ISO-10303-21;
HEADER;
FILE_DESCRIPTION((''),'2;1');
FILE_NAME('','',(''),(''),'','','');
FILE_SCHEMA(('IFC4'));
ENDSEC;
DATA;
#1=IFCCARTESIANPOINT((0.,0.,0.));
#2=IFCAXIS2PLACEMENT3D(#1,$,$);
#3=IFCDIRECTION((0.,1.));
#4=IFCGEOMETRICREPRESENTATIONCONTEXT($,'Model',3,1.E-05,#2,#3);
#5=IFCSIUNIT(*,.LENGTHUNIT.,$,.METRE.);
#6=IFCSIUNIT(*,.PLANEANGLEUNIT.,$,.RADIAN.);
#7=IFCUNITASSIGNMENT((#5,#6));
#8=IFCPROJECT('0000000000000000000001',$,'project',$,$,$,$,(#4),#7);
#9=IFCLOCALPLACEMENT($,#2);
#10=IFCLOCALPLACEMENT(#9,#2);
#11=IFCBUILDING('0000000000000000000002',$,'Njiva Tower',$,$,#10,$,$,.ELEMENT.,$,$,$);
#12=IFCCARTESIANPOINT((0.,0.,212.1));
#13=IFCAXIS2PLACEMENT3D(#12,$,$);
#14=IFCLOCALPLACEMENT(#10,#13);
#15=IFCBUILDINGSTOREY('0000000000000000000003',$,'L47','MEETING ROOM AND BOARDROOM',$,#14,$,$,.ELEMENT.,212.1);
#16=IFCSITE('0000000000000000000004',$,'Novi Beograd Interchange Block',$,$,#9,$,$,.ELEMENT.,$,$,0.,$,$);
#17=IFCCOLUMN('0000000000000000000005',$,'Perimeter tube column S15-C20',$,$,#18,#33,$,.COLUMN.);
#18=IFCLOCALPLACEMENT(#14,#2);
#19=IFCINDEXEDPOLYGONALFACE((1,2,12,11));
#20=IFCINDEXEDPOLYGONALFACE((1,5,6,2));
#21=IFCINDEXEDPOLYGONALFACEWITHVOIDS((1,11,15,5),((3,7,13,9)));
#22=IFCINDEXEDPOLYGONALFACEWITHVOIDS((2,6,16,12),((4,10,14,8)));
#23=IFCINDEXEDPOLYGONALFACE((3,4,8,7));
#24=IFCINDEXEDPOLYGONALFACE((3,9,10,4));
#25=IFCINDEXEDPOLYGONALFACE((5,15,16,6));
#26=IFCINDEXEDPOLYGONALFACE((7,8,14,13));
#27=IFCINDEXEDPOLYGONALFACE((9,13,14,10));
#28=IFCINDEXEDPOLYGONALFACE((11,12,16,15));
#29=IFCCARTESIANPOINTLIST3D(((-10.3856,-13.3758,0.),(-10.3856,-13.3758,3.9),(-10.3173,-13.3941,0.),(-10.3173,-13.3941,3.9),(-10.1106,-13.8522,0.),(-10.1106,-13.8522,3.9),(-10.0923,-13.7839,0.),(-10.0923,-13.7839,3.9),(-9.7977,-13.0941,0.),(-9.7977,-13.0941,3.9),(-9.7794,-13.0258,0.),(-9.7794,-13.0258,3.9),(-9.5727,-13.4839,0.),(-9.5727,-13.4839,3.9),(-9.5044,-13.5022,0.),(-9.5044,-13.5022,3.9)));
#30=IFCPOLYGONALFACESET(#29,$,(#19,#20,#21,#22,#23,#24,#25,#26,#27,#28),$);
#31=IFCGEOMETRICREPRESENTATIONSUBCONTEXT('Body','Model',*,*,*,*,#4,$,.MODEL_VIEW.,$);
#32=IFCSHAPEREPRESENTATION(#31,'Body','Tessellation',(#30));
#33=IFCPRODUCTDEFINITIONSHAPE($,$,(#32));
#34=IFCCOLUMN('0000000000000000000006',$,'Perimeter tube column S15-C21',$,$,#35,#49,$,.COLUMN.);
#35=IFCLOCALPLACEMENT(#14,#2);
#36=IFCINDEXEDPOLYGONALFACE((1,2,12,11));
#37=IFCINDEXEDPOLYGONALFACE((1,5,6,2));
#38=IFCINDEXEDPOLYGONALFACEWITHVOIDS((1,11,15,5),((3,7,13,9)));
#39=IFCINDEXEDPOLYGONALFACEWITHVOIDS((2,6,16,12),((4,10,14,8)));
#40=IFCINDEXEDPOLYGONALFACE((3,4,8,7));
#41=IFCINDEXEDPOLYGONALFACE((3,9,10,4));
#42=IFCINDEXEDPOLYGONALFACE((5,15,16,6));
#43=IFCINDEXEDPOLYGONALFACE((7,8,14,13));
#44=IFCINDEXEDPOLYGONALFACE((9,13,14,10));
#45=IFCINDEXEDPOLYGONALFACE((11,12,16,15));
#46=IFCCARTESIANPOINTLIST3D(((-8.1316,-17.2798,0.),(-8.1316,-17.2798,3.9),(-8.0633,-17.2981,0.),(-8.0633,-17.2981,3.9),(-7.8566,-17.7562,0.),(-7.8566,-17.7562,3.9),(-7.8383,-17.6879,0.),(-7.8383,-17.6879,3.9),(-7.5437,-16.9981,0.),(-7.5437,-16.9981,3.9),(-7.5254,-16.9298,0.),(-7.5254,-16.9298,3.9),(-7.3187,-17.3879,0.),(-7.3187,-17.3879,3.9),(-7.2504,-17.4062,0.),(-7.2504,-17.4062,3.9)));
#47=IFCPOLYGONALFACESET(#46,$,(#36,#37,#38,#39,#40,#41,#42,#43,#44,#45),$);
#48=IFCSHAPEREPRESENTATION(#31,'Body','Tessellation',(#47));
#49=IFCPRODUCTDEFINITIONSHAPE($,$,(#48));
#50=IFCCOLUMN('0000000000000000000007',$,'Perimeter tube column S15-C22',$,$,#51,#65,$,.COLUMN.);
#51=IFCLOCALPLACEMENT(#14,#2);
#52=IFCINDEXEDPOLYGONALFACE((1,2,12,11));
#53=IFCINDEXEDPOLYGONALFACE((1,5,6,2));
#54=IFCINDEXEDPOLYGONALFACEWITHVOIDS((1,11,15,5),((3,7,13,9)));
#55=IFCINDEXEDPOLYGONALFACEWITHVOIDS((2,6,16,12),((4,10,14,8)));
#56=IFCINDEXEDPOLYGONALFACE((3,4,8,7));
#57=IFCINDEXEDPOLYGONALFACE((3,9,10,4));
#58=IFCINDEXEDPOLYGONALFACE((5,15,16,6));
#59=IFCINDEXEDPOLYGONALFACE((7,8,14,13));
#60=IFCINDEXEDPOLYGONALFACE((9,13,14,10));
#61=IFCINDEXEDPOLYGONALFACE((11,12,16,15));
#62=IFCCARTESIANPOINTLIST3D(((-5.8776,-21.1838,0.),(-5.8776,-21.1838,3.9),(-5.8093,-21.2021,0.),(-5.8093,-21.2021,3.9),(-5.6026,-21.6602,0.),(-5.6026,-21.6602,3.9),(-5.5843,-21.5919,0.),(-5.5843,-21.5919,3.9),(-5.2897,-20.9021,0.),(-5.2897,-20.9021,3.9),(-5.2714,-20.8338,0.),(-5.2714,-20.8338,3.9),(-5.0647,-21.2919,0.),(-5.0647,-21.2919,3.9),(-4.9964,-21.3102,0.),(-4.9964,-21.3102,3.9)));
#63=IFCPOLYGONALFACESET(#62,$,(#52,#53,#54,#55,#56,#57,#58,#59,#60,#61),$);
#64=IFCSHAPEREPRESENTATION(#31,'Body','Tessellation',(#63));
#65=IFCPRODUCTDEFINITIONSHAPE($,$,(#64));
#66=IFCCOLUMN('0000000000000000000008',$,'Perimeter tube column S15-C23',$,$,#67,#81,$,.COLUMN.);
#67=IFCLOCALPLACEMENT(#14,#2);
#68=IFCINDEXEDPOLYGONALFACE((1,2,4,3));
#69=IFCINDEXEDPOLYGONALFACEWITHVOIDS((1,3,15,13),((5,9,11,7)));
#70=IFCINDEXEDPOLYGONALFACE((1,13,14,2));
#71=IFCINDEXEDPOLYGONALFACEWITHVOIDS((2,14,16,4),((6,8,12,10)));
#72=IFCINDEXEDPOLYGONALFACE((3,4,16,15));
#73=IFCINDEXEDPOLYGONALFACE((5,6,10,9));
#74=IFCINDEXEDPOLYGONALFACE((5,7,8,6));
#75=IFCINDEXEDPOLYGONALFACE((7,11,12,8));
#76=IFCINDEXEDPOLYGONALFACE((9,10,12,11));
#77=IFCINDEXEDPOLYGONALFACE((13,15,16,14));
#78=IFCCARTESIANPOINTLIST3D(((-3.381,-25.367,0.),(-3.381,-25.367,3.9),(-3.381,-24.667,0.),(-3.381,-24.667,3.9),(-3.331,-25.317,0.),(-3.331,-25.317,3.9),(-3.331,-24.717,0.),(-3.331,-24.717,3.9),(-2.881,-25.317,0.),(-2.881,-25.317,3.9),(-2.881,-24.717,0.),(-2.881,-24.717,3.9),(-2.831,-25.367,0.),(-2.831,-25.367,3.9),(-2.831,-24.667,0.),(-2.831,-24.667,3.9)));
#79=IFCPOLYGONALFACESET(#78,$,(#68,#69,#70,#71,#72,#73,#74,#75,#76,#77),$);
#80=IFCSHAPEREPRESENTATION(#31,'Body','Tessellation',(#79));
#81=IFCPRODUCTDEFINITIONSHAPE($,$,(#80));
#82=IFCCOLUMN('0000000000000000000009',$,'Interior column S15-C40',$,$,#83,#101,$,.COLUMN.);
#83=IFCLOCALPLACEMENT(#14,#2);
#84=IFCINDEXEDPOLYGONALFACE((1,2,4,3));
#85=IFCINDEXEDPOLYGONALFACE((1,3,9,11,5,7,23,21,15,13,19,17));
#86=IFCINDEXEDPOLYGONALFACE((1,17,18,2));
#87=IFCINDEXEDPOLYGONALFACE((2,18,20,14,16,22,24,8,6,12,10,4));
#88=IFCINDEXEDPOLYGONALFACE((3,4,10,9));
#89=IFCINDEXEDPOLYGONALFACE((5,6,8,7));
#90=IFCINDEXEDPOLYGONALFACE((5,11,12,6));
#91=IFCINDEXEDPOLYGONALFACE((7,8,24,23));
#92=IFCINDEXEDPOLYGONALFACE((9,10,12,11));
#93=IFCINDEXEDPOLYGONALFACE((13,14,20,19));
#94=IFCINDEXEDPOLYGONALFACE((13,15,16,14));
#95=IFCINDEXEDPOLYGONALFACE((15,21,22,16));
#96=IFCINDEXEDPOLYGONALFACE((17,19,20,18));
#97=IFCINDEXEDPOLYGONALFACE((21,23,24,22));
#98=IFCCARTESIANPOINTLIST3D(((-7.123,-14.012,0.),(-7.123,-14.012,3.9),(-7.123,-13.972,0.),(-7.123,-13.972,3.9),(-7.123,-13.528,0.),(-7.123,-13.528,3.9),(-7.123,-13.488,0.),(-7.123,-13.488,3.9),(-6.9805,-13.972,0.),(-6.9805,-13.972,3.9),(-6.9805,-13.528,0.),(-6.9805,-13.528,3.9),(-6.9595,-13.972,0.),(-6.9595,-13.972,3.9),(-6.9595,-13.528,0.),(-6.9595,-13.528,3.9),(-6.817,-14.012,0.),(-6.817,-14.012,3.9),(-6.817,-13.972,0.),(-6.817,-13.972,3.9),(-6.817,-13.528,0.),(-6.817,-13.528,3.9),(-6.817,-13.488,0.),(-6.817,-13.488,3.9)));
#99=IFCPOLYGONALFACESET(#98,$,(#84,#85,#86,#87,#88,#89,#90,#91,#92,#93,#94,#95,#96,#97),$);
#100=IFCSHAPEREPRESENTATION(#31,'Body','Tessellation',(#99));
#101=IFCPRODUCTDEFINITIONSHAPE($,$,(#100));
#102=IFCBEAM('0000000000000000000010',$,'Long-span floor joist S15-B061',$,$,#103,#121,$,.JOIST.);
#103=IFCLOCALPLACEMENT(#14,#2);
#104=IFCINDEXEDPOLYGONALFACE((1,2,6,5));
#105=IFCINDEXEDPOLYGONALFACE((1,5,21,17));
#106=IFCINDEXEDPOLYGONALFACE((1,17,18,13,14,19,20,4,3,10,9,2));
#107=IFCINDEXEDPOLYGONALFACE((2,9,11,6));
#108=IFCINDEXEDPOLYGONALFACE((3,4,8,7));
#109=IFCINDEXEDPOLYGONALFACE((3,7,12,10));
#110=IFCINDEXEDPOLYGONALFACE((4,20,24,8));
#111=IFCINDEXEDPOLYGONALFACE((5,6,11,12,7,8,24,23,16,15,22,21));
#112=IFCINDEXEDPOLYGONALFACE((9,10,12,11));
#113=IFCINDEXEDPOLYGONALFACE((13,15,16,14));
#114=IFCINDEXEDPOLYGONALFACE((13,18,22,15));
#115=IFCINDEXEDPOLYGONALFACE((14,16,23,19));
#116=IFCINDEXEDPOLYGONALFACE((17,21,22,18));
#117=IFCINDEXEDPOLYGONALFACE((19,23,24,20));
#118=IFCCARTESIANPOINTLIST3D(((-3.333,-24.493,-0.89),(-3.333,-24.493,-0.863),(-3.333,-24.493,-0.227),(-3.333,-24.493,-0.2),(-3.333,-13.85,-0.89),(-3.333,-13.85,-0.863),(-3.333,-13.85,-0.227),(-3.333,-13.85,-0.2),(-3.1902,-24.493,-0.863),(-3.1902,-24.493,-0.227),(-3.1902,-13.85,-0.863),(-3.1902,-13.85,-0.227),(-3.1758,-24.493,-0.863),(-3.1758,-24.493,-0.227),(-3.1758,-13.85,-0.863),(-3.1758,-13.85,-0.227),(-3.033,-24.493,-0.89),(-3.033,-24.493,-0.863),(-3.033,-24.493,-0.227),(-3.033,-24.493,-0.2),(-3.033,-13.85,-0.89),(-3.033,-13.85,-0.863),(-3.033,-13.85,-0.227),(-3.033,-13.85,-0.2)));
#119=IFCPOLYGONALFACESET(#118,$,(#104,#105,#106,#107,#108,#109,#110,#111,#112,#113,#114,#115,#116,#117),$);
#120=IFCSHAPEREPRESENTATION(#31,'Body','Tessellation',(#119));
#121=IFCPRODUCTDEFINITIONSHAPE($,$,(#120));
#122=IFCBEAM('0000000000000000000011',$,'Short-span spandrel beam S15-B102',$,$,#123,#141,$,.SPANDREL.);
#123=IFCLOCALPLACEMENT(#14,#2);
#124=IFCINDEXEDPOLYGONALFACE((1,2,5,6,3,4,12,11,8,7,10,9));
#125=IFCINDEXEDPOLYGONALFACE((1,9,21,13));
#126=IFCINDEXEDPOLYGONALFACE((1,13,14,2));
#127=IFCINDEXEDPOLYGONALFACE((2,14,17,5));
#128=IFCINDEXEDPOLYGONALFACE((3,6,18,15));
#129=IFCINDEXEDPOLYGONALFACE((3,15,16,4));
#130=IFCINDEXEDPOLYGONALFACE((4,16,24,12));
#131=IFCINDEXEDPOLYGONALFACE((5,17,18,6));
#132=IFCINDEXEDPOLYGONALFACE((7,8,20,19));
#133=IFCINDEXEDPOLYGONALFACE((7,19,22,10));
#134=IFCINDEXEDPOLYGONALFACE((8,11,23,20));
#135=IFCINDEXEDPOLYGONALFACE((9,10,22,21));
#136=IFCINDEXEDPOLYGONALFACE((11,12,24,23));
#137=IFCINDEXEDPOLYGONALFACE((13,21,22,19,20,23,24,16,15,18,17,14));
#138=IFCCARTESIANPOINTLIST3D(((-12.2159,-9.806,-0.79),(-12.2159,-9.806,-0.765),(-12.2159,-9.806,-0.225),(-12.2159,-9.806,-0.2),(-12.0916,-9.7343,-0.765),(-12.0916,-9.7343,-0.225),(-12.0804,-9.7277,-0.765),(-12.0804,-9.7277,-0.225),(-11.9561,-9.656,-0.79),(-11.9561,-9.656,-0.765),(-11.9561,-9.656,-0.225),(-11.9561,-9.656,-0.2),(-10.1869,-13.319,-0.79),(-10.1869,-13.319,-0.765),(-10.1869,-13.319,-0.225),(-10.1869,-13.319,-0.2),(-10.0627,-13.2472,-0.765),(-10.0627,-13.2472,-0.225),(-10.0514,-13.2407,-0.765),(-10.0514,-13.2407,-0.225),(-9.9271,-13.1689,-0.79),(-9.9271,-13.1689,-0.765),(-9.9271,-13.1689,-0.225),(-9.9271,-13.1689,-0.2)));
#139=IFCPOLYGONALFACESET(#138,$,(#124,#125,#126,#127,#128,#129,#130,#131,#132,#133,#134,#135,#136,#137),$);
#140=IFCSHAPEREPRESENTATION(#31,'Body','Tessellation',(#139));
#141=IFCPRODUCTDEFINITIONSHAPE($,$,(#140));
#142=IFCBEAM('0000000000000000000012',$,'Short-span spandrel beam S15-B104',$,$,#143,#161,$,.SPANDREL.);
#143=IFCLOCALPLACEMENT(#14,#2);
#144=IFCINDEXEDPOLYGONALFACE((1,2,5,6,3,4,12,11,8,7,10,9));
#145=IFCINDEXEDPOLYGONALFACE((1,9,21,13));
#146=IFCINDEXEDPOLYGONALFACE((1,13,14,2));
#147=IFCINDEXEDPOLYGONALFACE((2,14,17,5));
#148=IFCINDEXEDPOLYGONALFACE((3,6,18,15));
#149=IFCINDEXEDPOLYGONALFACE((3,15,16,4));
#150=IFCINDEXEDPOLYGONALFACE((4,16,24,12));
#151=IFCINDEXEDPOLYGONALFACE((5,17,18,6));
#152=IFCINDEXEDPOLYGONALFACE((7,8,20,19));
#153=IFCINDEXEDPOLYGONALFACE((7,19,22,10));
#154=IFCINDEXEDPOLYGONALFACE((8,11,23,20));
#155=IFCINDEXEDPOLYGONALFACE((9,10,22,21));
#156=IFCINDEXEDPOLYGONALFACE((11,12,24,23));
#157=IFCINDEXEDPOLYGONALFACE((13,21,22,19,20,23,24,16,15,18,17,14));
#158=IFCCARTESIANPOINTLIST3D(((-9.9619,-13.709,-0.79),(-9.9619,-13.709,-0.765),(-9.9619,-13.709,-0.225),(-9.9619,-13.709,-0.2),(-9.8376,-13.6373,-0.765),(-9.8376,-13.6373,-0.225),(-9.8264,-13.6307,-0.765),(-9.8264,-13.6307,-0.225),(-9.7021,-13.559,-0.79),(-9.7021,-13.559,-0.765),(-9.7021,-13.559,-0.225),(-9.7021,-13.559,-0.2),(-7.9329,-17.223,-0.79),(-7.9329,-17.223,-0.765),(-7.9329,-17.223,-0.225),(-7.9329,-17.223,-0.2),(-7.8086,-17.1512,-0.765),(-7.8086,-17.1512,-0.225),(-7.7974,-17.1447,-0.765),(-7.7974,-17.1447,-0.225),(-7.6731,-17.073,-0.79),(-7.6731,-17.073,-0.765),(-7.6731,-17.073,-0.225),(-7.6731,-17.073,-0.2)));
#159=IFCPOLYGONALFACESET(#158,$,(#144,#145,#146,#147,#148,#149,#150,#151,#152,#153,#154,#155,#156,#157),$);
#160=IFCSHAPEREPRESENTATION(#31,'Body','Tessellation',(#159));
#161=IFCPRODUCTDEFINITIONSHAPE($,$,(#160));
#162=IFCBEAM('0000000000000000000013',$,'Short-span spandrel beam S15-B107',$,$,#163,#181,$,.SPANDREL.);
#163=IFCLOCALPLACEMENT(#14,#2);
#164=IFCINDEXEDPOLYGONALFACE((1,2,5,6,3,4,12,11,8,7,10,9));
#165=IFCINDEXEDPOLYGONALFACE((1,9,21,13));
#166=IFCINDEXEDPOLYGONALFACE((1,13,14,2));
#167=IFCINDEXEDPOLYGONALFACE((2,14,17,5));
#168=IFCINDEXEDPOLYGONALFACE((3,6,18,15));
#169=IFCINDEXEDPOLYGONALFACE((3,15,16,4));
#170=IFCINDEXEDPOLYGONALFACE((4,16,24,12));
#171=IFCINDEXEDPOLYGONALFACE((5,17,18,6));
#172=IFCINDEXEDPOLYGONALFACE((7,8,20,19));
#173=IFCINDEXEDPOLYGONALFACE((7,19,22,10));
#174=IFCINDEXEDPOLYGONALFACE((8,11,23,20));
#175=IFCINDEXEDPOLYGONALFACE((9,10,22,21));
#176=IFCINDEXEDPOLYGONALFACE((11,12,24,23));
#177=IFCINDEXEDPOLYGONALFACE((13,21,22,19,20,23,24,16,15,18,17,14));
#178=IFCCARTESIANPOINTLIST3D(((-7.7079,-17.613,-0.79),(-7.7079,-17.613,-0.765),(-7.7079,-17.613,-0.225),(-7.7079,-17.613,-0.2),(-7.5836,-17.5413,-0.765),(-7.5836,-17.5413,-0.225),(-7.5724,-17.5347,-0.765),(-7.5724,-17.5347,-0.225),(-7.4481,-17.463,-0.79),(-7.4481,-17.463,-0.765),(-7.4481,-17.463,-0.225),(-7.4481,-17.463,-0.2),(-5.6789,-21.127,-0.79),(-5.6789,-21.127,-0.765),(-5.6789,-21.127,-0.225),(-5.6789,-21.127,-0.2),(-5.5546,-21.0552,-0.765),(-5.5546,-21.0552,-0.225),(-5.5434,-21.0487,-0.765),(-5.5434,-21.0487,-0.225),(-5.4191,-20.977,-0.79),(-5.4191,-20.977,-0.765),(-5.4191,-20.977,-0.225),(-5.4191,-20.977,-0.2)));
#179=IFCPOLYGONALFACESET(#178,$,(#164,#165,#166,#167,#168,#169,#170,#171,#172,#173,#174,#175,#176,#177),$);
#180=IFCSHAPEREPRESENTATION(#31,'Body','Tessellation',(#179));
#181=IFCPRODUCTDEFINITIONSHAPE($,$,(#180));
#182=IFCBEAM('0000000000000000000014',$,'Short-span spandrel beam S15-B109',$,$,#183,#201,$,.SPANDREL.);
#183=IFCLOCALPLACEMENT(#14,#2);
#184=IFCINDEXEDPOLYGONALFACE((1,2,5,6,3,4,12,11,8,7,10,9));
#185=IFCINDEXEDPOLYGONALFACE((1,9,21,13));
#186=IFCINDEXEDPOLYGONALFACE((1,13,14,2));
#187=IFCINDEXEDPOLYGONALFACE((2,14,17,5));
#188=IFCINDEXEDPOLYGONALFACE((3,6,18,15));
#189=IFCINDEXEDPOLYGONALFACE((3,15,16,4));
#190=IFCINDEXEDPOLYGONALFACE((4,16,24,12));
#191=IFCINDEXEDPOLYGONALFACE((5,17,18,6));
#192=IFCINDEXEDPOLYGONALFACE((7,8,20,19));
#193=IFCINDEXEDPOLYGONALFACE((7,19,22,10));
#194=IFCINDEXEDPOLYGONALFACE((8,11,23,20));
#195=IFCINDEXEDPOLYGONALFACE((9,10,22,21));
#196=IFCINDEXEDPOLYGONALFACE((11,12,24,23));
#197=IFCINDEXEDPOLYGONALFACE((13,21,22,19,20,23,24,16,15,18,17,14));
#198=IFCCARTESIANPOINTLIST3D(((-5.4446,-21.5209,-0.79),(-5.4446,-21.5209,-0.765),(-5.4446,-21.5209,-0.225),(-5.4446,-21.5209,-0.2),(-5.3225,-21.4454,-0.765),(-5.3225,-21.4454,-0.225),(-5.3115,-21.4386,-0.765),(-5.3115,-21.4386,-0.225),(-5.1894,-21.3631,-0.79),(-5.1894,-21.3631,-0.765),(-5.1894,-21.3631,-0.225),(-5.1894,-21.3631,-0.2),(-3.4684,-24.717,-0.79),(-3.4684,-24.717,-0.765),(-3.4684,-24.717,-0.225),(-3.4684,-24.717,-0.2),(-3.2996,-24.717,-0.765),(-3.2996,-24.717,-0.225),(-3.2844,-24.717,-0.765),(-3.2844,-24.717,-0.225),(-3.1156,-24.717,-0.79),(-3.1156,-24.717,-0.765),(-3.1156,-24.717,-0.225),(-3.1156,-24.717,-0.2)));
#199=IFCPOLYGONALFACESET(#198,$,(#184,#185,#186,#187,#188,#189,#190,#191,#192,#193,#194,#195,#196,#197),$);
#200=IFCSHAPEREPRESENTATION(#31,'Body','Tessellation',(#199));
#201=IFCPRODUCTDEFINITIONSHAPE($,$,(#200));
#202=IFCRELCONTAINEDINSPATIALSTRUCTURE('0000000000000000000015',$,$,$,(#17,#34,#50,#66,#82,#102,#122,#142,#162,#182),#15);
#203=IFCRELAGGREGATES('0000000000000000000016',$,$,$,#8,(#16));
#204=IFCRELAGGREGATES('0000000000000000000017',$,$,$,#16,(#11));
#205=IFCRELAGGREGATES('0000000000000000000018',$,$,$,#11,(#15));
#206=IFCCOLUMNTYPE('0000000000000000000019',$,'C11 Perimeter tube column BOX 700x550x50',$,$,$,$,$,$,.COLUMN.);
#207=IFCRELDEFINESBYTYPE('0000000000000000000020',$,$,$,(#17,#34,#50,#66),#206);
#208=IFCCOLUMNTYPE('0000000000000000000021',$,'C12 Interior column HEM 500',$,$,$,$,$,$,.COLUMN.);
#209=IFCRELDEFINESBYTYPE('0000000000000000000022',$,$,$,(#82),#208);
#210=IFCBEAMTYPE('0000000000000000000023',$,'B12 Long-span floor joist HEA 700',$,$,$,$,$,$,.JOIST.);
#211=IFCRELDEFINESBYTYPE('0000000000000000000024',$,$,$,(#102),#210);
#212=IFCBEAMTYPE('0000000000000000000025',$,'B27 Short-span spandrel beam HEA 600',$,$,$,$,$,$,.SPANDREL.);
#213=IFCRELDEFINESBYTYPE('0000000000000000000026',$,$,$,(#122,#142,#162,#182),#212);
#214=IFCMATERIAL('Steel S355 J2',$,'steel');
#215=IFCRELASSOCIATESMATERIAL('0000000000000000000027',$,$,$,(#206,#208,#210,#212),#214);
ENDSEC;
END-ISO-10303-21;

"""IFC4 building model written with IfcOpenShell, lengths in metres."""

from ifc_helpers import new_model, si_unit, direction, frame, origin, origin_2d, place, context, subcontext, project, spatial, hollow_rectangle, i_section, extrude, clip, halfspace, material, material_profile, profile_set, type_object, element, save


model = new_model("IFC4")

# Units and contexts
model_context = context("Model", 3, precision=1e-05, world=origin(), true_north=direction((0.0, 1.0)))
body_context = subcontext(model_context, "Body", "Model", "MODEL_VIEW")
ifc_project = project(units=[si_unit("LENGTHUNIT", "METRE"), si_unit("PLANEANGLEUNIT", "RADIAN")], contexts=[model_context])

# Site, building, storey
site_placement = place(None, origin())
site = spatial("IfcSite", under=ifc_project, at=site_placement, Name="Novi Beograd Interchange Block", CompositionType="ELEMENT", RefElevation=0.0)
building_placement = place(site_placement, origin())
building = spatial("IfcBuilding", under=site, at=building_placement, Name="Njiva Tower", CompositionType="ELEMENT")
storey_placement = place(building_placement, frame((0.0, 0.0, 212.1)))
storey = spatial("IfcBuildingStorey", under=building, at=storey_placement, Name="L47", Description="MEETING ROOM AND BOARDROOM", CompositionType="ELEMENT", Elevation=212.1)

# Columns
ifc_material_1 = material(Name="Steel S355 J2", Category="steel")
ifc_material_profile_1 = material_profile(ifc_material_1, hollow_rectangle(XDim=0.55, YDim=0.7, WallThickness=0.05, at=origin_2d()), Name="BOX 700x550x50")
ifc_profile_set_1 = profile_set([ifc_material_profile_1], Name="Steel S355 J2")
column_type_1 = type_object("IfcColumnType", Name="C11 Perimeter tube column BOX 700x550x50", PredefinedType="COLUMN", material=ifc_profile_set_1)
for number, where, z_axis, x_axis, name in (
    (1, (-9.945, -13.439, 0.0), (0.0, 0.0, 1.0), (0.5, -0.866025, 0.0), "Perimeter tube column S15-C20"),
    (2, (-7.691, -17.343, 0.0), (0.0, 0.0, 1.0), (0.5, -0.866025, 0.0), "Perimeter tube column S15-C21"),
    (3, (-5.437, -21.247, 0.0), (0.0, 0.0, 1.0), (0.5, -0.866025, 0.0), "Perimeter tube column S15-C22"),
    (4, (-3.106, -25.017, 0.0), (0.0, 0.0, 1.0), (1.0, 0.0, 0.0), "Perimeter tube column S15-C23"),
):
    element("IfcColumn", number, at=place(storey_placement, frame(where, z_axis=z_axis, x_axis=x_axis)), inside=storey, type_object=column_type_1, Name=name, PredefinedType="COLUMN", context=body_context, shape_type="SweptSolid", body=[
        extrude(hollow_rectangle(XDim=0.55, YDim=0.7, WallThickness=0.05, at=origin_2d()), origin(), (0.0, 0.0, 1.0), 3.9),
    ])
ifc_material_profile_2 = material_profile(ifc_material_1, i_section(OverallWidth=0.306, OverallDepth=0.524, WebThickness=0.021, FlangeThickness=0.04, at=origin_2d()), Name="HEM 500")
ifc_profile_set_2 = profile_set([ifc_material_profile_2], Name="Steel S355 J2")
column_type_2 = type_object("IfcColumnType", Name="C12 Interior column HEM 500", PredefinedType="COLUMN", material=ifc_profile_set_2)
column_placement = place(storey_placement, frame((-6.97, -13.75, 0.0), z_axis=(0.0, 0.0, 1.0), x_axis=(1.0, 0.0, 0.0)))
element("IfcColumn", 5, at=column_placement, inside=storey, type_object=column_type_2, Name="Interior column S15-C40", PredefinedType="COLUMN", context=body_context, shape_type="SweptSolid", body=[
    extrude(i_section(OverallWidth=0.306, OverallDepth=0.524, WebThickness=0.021, FlangeThickness=0.04, at=origin_2d()), origin(), (0.0, 0.0, 1.0), 3.9),
])

# Beams
ifc_material_profile_3 = material_profile(ifc_material_1, i_section(OverallWidth=0.3, OverallDepth=0.69, WebThickness=0.0145, FlangeThickness=0.027, at=origin_2d()), Name="HEA 700")
ifc_profile_set_3 = profile_set([ifc_material_profile_3], Name="Steel S355 J2")
beam_type_1 = type_object("IfcBeamType", Name="B12 Long-span floor joist HEA 700", PredefinedType="JOIST", material=ifc_profile_set_3)
beam_1_placement = place(storey_placement, frame((-3.183, -13.85, -0.545), z_axis=(0.0, -1.0, 0.0), x_axis=(1.0, 0.0, 0.0)))
element("IfcBeam", 6, at=beam_1_placement, inside=storey, type_object=beam_type_1, Name="Long-span floor joist S15-B061", PredefinedType="JOIST", context=body_context, shape_type="SweptSolid", body=[
    extrude(i_section(OverallWidth=0.3, OverallDepth=0.69, WebThickness=0.0145, FlangeThickness=0.027, at=origin_2d()), origin(), (0.0, 0.0, 1.0), 10.643),
])
ifc_material_profile_4 = material_profile(ifc_material_1, i_section(OverallWidth=0.3, OverallDepth=0.59, WebThickness=0.013, FlangeThickness=0.025, at=origin_2d()), Name="HEA 600")
ifc_profile_set_4 = profile_set([ifc_material_profile_4], Name="Steel S355 J2")
beam_type_2 = type_object("IfcBeamType", Name="B27 Short-span spandrel beam HEA 600", PredefinedType="SPANDREL", material=ifc_profile_set_4)
beam_2_placement = place(storey_placement, frame((-12.086, -9.731, -0.495), z_axis=(0.500142, -0.865943, 0.0), x_axis=(0.865943, 0.500142, 0.0)))
element("IfcBeam", 7, at=beam_2_placement, inside=storey, type_object=beam_type_2, Name="Short-span spandrel beam S15-B102", PredefinedType="SPANDREL", context=body_context, shape_type="SweptSolid", body=[
    extrude(i_section(OverallWidth=0.3, OverallDepth=0.59, WebThickness=0.013, FlangeThickness=0.025, at=origin_2d()), origin(), (0.0, 0.0, 1.0), 4.0568),
])
for number, where, z_axis, x_axis, name in (
    (8, (-9.832, -13.634, -0.495), (0.500035, -0.866005, 0.0), (0.866005, 0.500035, 0.0), "Short-span spandrel beam S15-B104"),
    (9, (-7.578, -17.538, -0.495), (0.500035, -0.866005, 0.0), (0.866005, 0.500035, 0.0), "Short-span spandrel beam S15-B107"),
):
    element("IfcBeam", number, at=place(storey_placement, frame(where, z_axis=z_axis, x_axis=x_axis)), inside=storey, type_object=beam_type_2, Name=name, PredefinedType="SPANDREL", context=body_context, shape_type="SweptSolid", body=[
        extrude(i_section(OverallWidth=0.3, OverallDepth=0.59, WebThickness=0.013, FlangeThickness=0.025, at=origin_2d()), origin(), (0.0, 0.0, 1.0), 4.0577),
    ])
beam_3_placement = place(storey_placement, frame((-5.317, -21.442, -0.495), z_axis=(0.525908, -0.850542, 0.0), x_axis=(0.850542, 0.525908, 0.0)))
element("IfcBeam", 10, at=beam_3_placement, inside=storey, type_object=beam_type_2, Name="Short-span spandrel beam S15-B109", PredefinedType="SPANDREL", context=body_context, shape_type="Clipping", body=[
    clip(extrude(i_section(OverallWidth=0.3, OverallDepth=0.59, WebThickness=0.013, FlangeThickness=0.025, at=origin_2d()), origin(), (0.0, 0.0, 1.0), 3.9635), halfspace(frame((-0.0262, 0.0, 3.8343), z_axis=(-0.525908, 0.0, 0.850542), x_axis=(0.0, 1.0, 0.0)), False)),
])

save(model, "model.ifc")
